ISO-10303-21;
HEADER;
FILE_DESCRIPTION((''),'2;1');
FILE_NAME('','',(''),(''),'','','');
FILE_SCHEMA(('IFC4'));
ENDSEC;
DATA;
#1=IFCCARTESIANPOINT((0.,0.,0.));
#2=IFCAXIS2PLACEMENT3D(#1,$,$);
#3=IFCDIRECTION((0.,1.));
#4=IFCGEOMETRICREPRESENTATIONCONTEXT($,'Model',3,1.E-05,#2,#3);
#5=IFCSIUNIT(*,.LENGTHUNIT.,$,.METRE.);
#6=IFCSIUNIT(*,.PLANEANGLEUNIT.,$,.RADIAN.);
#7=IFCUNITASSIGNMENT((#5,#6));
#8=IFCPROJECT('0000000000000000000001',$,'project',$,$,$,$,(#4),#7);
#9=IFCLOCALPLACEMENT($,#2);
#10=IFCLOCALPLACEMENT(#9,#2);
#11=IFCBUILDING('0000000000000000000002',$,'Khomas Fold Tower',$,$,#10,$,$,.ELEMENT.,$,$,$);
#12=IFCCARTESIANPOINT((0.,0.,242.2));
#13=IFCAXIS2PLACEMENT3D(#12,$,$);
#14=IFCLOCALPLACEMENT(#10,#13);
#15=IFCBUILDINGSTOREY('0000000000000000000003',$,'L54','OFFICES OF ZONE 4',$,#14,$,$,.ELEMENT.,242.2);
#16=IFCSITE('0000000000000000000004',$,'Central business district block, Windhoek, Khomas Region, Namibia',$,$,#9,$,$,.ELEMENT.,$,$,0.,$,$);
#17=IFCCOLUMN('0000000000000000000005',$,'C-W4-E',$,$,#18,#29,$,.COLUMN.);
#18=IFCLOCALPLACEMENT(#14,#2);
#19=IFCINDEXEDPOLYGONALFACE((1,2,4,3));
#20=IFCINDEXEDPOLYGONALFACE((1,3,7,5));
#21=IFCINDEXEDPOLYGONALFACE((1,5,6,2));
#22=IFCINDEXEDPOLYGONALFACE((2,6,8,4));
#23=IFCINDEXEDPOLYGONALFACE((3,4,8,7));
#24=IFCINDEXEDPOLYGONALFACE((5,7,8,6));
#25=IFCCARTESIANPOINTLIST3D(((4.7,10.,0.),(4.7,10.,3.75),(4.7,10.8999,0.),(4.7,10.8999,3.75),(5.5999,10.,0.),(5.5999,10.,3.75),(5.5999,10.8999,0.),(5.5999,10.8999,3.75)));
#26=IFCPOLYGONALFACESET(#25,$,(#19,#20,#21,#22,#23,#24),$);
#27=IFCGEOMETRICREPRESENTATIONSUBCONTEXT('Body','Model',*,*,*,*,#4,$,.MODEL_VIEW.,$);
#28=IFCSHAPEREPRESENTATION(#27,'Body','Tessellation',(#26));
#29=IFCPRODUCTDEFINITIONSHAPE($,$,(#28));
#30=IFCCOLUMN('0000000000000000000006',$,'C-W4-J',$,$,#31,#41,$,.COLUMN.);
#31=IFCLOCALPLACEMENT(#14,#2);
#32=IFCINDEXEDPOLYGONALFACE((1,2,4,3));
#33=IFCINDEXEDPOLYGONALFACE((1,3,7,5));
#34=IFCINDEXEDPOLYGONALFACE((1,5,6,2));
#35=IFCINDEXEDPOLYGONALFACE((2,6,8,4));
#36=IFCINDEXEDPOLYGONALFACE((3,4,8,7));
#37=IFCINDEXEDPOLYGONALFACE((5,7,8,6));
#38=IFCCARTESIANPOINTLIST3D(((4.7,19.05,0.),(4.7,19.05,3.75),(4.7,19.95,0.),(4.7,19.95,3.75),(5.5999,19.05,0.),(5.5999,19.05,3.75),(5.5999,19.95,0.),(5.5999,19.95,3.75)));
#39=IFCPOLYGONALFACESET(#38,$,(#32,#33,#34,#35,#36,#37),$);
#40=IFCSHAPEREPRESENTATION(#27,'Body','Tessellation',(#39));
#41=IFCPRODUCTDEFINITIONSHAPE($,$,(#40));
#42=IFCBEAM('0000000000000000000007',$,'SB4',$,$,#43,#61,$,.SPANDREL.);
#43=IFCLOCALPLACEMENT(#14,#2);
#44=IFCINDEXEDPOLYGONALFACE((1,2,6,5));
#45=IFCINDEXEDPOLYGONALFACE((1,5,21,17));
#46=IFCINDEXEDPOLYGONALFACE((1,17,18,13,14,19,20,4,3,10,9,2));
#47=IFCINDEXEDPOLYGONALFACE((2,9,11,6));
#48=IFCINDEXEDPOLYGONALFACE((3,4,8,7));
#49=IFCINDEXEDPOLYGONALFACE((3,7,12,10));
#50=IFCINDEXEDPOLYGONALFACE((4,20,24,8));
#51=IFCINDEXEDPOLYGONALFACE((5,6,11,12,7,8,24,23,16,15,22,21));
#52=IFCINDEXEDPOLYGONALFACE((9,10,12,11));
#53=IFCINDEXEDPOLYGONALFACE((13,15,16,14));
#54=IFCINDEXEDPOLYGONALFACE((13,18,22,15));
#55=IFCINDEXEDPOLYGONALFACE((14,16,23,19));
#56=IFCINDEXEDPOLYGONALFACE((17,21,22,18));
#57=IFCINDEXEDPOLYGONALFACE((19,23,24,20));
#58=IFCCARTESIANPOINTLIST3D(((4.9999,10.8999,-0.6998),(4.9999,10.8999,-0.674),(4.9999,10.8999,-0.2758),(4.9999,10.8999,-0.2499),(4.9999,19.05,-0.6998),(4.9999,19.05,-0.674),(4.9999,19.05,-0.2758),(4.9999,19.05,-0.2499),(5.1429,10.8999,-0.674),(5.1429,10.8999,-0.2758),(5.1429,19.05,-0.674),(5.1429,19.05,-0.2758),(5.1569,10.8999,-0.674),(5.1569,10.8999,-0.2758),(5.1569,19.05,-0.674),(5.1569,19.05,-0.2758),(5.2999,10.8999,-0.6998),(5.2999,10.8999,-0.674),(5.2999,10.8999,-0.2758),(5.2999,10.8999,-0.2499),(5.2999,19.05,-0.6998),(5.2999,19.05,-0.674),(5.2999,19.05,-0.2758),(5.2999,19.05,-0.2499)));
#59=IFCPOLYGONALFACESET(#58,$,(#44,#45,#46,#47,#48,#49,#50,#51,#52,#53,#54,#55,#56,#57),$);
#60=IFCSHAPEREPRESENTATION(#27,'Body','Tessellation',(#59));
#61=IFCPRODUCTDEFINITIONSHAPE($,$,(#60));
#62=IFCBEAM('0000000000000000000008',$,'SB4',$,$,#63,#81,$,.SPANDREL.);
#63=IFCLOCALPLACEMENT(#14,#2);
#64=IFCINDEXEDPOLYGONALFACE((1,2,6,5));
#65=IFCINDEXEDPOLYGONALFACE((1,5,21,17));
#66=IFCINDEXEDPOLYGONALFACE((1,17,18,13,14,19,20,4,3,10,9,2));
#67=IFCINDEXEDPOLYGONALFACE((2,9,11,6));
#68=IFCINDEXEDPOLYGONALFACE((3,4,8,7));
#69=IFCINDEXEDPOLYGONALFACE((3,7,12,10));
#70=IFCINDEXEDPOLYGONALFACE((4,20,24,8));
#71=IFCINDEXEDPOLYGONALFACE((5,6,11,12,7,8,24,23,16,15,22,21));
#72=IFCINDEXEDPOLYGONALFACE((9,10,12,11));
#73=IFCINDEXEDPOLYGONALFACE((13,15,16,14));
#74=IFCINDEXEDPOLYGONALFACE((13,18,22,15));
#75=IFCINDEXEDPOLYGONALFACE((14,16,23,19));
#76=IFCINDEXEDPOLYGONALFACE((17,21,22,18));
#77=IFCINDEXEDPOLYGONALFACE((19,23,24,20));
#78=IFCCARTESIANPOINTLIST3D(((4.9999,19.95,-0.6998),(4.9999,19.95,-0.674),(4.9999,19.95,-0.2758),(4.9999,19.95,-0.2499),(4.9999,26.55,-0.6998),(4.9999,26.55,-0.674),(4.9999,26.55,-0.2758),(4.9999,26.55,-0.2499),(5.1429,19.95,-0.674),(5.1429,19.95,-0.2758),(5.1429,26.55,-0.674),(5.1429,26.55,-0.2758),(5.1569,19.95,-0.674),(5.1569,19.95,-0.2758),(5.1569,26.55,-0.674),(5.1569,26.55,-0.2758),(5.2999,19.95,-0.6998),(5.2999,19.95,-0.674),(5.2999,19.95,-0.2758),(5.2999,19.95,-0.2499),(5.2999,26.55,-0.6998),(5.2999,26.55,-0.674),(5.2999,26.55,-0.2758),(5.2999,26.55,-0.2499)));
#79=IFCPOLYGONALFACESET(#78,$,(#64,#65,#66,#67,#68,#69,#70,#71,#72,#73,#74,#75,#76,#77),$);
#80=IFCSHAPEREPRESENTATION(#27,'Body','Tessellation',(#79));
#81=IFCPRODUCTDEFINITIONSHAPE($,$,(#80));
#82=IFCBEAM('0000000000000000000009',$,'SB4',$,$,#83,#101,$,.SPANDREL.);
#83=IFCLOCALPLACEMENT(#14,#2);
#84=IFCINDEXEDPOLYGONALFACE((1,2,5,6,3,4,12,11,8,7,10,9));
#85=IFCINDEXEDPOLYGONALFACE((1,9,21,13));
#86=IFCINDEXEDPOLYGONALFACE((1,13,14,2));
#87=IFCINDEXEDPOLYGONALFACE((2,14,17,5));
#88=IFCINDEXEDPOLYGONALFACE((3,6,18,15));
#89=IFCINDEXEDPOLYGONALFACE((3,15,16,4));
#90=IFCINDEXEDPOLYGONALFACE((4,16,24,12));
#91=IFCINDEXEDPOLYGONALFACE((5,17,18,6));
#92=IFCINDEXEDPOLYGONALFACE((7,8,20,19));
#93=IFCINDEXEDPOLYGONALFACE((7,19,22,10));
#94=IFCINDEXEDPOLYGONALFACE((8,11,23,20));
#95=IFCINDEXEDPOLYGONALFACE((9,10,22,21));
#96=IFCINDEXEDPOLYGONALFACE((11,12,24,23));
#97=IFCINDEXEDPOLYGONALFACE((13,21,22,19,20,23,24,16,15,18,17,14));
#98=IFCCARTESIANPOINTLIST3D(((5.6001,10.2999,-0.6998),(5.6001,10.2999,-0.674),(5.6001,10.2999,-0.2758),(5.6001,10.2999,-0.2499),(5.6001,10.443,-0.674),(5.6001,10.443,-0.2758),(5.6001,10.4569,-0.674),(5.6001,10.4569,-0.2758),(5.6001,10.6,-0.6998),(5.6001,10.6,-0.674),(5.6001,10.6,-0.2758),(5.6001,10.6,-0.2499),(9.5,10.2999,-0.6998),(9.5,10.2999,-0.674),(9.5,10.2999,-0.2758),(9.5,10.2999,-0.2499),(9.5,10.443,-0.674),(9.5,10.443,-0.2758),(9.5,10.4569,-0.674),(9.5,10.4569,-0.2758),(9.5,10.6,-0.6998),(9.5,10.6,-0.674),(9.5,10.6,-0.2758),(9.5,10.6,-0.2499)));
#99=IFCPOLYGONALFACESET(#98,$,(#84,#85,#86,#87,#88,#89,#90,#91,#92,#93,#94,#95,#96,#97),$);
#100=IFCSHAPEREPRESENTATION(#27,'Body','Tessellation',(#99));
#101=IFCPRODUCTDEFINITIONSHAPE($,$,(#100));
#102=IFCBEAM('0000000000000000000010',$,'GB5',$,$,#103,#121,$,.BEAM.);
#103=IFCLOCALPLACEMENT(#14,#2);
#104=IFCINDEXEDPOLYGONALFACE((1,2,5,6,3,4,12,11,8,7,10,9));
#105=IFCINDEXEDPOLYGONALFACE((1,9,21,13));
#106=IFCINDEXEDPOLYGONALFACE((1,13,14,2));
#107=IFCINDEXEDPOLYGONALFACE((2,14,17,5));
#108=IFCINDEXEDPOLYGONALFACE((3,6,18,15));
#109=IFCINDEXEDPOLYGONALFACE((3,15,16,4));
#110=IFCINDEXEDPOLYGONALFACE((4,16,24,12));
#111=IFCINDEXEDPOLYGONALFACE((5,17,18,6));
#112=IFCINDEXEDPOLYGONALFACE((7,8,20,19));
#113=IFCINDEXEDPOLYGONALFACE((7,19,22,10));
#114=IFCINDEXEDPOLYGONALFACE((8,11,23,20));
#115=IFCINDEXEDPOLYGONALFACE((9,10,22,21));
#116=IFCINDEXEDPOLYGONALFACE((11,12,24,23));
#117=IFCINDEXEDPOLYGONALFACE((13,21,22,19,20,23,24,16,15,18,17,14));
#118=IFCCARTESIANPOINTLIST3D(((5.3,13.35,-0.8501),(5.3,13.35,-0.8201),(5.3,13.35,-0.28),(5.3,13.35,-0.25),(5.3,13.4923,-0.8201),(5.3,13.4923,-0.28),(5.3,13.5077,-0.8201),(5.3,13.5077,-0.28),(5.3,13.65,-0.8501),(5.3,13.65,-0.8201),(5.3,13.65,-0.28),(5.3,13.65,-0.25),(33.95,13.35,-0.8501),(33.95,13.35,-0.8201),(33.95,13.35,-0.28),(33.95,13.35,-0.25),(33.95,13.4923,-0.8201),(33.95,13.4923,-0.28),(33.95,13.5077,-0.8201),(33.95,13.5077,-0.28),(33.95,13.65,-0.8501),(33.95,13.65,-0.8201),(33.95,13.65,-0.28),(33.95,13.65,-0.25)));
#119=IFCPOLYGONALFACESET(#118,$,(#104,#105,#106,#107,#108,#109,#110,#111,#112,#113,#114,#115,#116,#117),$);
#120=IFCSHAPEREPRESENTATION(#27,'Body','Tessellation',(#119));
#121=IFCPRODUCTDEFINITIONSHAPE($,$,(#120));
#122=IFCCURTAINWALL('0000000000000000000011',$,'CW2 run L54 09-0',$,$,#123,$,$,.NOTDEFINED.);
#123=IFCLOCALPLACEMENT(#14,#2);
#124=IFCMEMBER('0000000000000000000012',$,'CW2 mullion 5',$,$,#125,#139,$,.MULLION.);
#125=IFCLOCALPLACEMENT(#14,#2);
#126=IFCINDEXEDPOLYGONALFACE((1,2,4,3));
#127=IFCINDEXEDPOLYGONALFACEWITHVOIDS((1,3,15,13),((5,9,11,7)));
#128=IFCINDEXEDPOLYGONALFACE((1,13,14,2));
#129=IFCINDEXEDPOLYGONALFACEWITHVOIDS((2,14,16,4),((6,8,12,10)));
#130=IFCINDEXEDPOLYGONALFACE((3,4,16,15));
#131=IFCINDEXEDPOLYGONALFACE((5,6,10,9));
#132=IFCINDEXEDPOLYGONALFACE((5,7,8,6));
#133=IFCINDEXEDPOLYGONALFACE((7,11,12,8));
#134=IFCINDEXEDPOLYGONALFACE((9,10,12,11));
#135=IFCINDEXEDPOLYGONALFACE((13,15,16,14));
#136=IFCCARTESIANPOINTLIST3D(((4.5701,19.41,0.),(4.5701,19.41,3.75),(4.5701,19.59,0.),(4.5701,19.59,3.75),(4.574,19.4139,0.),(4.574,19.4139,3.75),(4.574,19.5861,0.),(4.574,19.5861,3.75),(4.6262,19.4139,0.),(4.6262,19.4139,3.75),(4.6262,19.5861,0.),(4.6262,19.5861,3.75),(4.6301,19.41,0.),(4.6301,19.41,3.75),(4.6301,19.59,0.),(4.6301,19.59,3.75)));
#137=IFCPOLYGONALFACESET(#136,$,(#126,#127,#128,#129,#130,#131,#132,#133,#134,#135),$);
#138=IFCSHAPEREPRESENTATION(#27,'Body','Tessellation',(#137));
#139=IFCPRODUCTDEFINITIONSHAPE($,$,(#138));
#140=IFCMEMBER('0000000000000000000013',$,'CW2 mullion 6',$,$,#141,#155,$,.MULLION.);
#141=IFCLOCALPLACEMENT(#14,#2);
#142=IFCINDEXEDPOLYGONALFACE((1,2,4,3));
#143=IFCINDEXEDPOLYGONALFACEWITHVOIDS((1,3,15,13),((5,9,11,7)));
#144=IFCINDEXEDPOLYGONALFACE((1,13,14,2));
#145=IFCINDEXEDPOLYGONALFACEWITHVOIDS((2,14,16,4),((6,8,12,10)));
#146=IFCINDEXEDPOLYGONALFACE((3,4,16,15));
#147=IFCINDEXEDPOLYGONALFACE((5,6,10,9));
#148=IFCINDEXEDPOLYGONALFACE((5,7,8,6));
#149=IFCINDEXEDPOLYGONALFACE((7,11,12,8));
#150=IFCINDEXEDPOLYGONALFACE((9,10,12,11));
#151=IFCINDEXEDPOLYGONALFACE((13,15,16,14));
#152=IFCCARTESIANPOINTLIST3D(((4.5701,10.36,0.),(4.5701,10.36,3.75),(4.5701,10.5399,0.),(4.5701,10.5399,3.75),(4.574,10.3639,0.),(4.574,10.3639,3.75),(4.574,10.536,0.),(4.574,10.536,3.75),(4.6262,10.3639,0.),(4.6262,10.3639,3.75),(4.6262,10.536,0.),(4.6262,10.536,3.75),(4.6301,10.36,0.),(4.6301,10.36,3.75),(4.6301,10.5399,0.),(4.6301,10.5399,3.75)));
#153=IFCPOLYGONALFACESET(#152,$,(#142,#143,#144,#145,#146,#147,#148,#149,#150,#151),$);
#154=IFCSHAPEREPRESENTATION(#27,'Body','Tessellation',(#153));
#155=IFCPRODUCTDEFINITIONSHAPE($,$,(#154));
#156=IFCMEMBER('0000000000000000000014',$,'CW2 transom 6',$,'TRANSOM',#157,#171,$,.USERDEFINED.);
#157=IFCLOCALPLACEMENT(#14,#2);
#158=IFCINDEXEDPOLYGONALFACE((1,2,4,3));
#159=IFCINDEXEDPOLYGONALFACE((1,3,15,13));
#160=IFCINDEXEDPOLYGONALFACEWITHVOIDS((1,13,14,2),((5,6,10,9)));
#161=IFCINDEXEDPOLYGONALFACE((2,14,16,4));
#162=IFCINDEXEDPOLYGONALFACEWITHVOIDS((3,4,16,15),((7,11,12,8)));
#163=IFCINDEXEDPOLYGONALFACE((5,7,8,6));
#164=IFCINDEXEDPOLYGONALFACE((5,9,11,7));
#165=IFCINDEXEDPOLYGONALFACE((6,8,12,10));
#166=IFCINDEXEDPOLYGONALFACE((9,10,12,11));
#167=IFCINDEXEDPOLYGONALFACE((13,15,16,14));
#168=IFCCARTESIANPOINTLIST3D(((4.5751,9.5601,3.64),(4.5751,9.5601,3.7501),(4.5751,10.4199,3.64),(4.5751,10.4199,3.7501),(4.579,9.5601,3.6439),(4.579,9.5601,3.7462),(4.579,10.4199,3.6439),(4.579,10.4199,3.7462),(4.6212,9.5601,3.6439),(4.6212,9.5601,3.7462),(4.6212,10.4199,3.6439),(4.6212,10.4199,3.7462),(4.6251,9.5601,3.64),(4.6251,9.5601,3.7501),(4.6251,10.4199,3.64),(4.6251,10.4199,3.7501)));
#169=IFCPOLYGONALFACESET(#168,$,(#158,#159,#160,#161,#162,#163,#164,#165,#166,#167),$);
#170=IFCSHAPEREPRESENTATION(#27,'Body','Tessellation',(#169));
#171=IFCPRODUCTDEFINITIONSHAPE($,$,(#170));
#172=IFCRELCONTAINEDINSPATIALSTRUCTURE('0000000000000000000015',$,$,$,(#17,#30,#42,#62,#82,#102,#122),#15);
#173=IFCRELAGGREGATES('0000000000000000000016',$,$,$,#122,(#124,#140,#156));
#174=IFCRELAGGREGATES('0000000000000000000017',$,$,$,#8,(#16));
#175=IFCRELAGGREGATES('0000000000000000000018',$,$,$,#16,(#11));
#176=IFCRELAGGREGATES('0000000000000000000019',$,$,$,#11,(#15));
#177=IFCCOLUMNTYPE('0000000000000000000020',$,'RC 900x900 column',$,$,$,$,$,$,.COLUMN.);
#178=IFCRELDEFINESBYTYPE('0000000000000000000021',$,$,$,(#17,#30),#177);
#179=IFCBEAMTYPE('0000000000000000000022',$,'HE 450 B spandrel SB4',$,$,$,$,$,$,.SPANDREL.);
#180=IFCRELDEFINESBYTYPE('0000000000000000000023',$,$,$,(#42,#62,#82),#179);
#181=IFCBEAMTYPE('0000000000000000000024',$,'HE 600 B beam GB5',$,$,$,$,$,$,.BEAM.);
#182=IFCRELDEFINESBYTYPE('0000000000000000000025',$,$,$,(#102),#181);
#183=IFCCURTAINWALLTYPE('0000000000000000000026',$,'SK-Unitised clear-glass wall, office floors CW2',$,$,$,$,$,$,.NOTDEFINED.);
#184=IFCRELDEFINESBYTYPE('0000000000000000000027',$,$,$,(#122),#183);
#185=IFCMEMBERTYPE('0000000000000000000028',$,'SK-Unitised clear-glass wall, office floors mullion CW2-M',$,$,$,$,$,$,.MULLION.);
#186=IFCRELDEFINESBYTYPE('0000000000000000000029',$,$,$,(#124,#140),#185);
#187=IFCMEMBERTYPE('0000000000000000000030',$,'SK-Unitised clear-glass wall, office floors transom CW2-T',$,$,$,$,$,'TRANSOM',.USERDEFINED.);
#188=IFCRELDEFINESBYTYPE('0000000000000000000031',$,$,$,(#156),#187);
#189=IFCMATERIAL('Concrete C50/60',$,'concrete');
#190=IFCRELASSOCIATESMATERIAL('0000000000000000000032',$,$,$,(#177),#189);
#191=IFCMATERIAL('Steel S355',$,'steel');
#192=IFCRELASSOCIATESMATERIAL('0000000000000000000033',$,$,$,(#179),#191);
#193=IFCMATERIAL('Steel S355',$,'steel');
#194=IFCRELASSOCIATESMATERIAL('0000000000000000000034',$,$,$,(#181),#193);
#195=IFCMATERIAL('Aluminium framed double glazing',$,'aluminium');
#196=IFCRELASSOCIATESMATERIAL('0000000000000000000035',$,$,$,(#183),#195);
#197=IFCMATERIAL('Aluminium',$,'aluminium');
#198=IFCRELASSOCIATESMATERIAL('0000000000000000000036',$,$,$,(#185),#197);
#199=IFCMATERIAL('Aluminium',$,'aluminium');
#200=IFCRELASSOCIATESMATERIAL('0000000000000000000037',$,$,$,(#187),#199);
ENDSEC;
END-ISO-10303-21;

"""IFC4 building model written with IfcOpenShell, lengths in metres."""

from ifc_helpers import new_model, si_unit, direction, frame, origin, origin_2d, place, context, subcontext, project, spatial, rectangle, hollow_rectangle, i_section, extrude, source, transform, mapped, material, material_profile, profile_set, type_object, element, aggregate, save


model = new_model("IFC4")

# Units and contexts
model_context = context("Model", 3, precision=1e-05, world=origin(), true_north=direction((0.0, 1.0)))
body_context = subcontext(model_context, "Body", "Model", "MODEL_VIEW")
ifc_project = project(units=[si_unit("LENGTHUNIT", "METRE"), si_unit("PLANEANGLEUNIT", "RADIAN")], contexts=[model_context])

# Site, building, storey
site_placement = place(None, origin())
site = spatial("IfcSite", under=ifc_project, at=site_placement, Name="Central business district block, Windhoek, Khomas Region, Namibia", CompositionType="ELEMENT", RefElevation=0.0)
building_placement = place(site_placement, origin())
building = spatial("IfcBuilding", under=site, at=building_placement, Name="Khomas Fold Tower", CompositionType="ELEMENT")
storey_placement = place(building_placement, frame((0.0, 0.0, 242.2)))
storey = spatial("IfcBuildingStorey", under=building, at=storey_placement, Name="L54", Description="OFFICES OF ZONE 4", CompositionType="ELEMENT", Elevation=242.2)

# Columns
ifc_material_1 = material(Name="Concrete C50/60", Category="concrete")
ifc_material_profile_1 = material_profile(ifc_material_1, rectangle(XDim=0.8999, YDim=0.8999, at=origin_2d()), Name="RC 900x900")
ifc_profile_set_1 = profile_set([ifc_material_profile_1], Name="Concrete C50/60")
column_type = type_object("IfcColumnType", Name="RC 900x900 column", PredefinedType="COLUMN", material=ifc_profile_set_1)
shared_shape_1 = source(origin(), body_context, "Body", "SweptSolid", [
    extrude(rectangle(XDim=0.8999, YDim=0.8999, at=origin_2d()), origin(), (0.0, 0.0, 1.0), 3.75),
])
for number, where, z_axis, x_axis, name in (
    (1, (5.1499, 10.45, 0.0), (0.0, 0.0, 1.0), (1.0, 0.0, 0.0), "C-W4-E"),
    (2, (5.1499, 19.5, 0.0), (0.0, 0.0, 1.0), (1.0, 0.0, 0.0), "C-W4-J"),
):
    element("IfcColumn", number, at=place(storey_placement, frame(where, z_axis=z_axis, x_axis=x_axis)), inside=storey, type_object=column_type, Name=name, PredefinedType="COLUMN", context=body_context, shape_type="MappedRepresentation", body=[
        mapped(shared_shape_1, transform((0.0, 0.0, 0.0))),
    ])

# Beams
ifc_material_2 = material(Name="Steel S355", Category="steel")
ifc_material_profile_2 = material_profile(ifc_material_2, i_section(OverallWidth=0.3, OverallDepth=0.45, WebThickness=0.0139, FlangeThickness=0.0259, at=origin_2d()), Name="HE 450 B")
ifc_profile_set_2 = profile_set([ifc_material_profile_2], Name="Steel S355")
beam_type_1 = type_object("IfcBeamType", Name="HE 450 B spandrel SB4", PredefinedType="SPANDREL", material=ifc_profile_set_2)
shared_shape_2 = source(origin(), body_context, "Body", "SweptSolid", [
    extrude(i_section(OverallWidth=0.3, OverallDepth=0.45, WebThickness=0.0139, FlangeThickness=0.0259, at=origin_2d()), origin(), (0.0, 0.0, 1.0), 8.1501),
])
beam_1_placement = place(storey_placement, frame((5.1499, 10.8999, -0.4749), z_axis=(0.0, 1.0, 0.0), x_axis=(-1.0, 0.0, 0.0)))
element("IfcBeam", 3, at=beam_1_placement, inside=storey, type_object=beam_type_1, Name="SB4", PredefinedType="SPANDREL", context=body_context, shape_type="MappedRepresentation", body=[
    mapped(shared_shape_2, transform((0.0, 0.0, 0.0))),
])
shared_shape_3 = source(origin(), body_context, "Body", "SweptSolid", [
    extrude(i_section(OverallWidth=0.3, OverallDepth=0.45, WebThickness=0.0139, FlangeThickness=0.0259, at=origin_2d()), origin(), (0.0, 0.0, 1.0), 6.6001),
])
beam_2_placement = place(storey_placement, frame((5.1499, 19.95, -0.4749), z_axis=(0.0, 1.0, 0.0), x_axis=(-1.0, 0.0, 0.0)))
element("IfcBeam", 4, at=beam_2_placement, inside=storey, type_object=beam_type_1, Name="SB4", PredefinedType="SPANDREL", context=body_context, shape_type="MappedRepresentation", body=[
    mapped(shared_shape_3, transform((0.0, 0.0, 0.0))),
])
shared_shape_4 = source(origin(), body_context, "Body", "SweptSolid", [
    extrude(i_section(OverallWidth=0.3, OverallDepth=0.45, WebThickness=0.0139, FlangeThickness=0.0259, at=origin_2d()), origin(), (0.0, 0.0, 1.0), 3.8999),
])
beam_3_placement = place(storey_placement, frame((5.6001, 10.45, -0.4749), z_axis=(1.0, 0.0, 0.0), x_axis=(0.0, 1.0, 0.0)))
element("IfcBeam", 5, at=beam_3_placement, inside=storey, type_object=beam_type_1, Name="SB4", PredefinedType="SPANDREL", context=body_context, shape_type="MappedRepresentation", body=[
    mapped(shared_shape_4, transform((0.0, 0.0, 0.0))),
])
ifc_material_3 = material(Name="Steel S355", Category="steel")
ifc_material_profile_3 = material_profile(ifc_material_3, i_section(OverallWidth=0.3, OverallDepth=0.6001, WebThickness=0.0154, FlangeThickness=0.03, at=origin_2d()), Name="HE 600 B")
ifc_profile_set_3 = profile_set([ifc_material_profile_3], Name="Steel S355")
beam_type_2 = type_object("IfcBeamType", Name="HE 600 B beam GB5", PredefinedType="BEAM", material=ifc_profile_set_3)
shared_shape_5 = source(origin(), body_context, "Body", "SweptSolid", [
    extrude(i_section(OverallWidth=0.3, OverallDepth=0.6001, WebThickness=0.0154, FlangeThickness=0.03, at=origin_2d()), origin(), (0.0, 0.0, 1.0), 28.6499),
])
beam_4_placement = place(storey_placement, frame((5.3, 13.5, -0.55), z_axis=(1.0, 0.0, 0.0), x_axis=(0.0, 1.0, 0.0)))
element("IfcBeam", 6, at=beam_4_placement, inside=storey, type_object=beam_type_2, Name="GB5", PredefinedType="BEAM", context=body_context, shape_type="MappedRepresentation", body=[
    mapped(shared_shape_5, transform((0.0, 0.0, 0.0))),
])

# Curtain wall, members
ifc_material_4 = material(Name="Aluminium framed double glazing", Category="aluminium")
curtain_wall_type = type_object("IfcCurtainWallType", Name="SK-Unitised clear-glass wall, office floors CW2", PredefinedType="NOTDEFINED", material=ifc_material_4)
curtain_wall_placement = place(storey_placement, origin())
curtain_wall = element("IfcCurtainWall", 7, at=curtain_wall_placement, inside=storey, type_object=curtain_wall_type, Name="CW2 run L54 09-0", PredefinedType="NOTDEFINED")
ifc_material_5 = material(Name="Aluminium", Category="aluminium")
ifc_material_profile_4 = material_profile(ifc_material_5, hollow_rectangle(XDim=0.0601, YDim=0.1799, WallThickness=0.0039, at=origin_2d()), Name="SK-Unitised clear-glass wall, office floors mullion CW2-M")
ifc_profile_set_4 = profile_set([ifc_material_profile_4], Name="Aluminium")
member_type_1 = type_object("IfcMemberType", Name="SK-Unitised clear-glass wall, office floors mullion CW2-M", PredefinedType="MULLION", material=ifc_profile_set_4)
shared_shape_6 = source(origin(), body_context, "Body", "SweptSolid", [
    extrude(hollow_rectangle(XDim=0.0601, YDim=0.1799, WallThickness=0.0039, at=origin_2d()), origin(), (0.0, 0.0, 1.0), 3.75),
])
member_1_placement = place(storey_placement, frame((4.6001, 19.5, 0.0), z_axis=(0.0, 0.0, 1.0), x_axis=(1.0, 0.0, 0.0)))
member_1 = element("IfcMember", 8, at=member_1_placement, type_object=member_type_1, Name="CW2 mullion 5", PredefinedType="MULLION", context=body_context, shape_type="MappedRepresentation", body=[
    mapped(shared_shape_6, transform((0.0, 0.0, 0.0))),
])
member_2_placement = place(storey_placement, frame((4.6001, 10.45, 0.0), z_axis=(0.0, 0.0, 1.0), x_axis=(1.0, 0.0, 0.0)))
member_2 = element("IfcMember", 9, at=member_2_placement, type_object=member_type_1, Name="CW2 mullion 6", PredefinedType="MULLION", context=body_context, shape_type="MappedRepresentation", body=[
    mapped(shared_shape_6, transform((0.0, 0.0, 0.0))),
])
ifc_material_6 = material(Name="Aluminium", Category="aluminium")
ifc_material_profile_5 = material_profile(ifc_material_6, hollow_rectangle(XDim=0.05, YDim=0.1101, WallThickness=0.0039, at=origin_2d()), Name="SK-Unitised clear-glass wall, office floors transom CW2-T")
ifc_profile_set_5 = profile_set([ifc_material_profile_5], Name="Aluminium")
member_type_2 = type_object("IfcMemberType", Name="SK-Unitised clear-glass wall, office floors transom CW2-T", ElementType="TRANSOM", PredefinedType="USERDEFINED", material=ifc_profile_set_5)
shared_shape_7 = source(origin(), body_context, "Body", "SweptSolid", [
    extrude(hollow_rectangle(XDim=0.05, YDim=0.1101, WallThickness=0.0039, at=origin_2d()), origin(), (0.0, 0.0, 1.0), 0.8599),
])
member_3_placement = place(storey_placement, frame((4.6001, 10.4199, 3.6951), z_axis=(0.0, -1.0, 0.0), x_axis=(1.0, 0.0, 0.0)))
member_3 = element("IfcMember", 10, at=member_3_placement, type_object=member_type_2, Name="CW2 transom 6", ObjectType="TRANSOM", PredefinedType="USERDEFINED", context=body_context, shape_type="MappedRepresentation", body=[
    mapped(shared_shape_7, transform((0.0, 0.0, 0.0))),
])
aggregate(curtain_wall, [member_1, member_2, member_3])

save(model, "model.ifc")
